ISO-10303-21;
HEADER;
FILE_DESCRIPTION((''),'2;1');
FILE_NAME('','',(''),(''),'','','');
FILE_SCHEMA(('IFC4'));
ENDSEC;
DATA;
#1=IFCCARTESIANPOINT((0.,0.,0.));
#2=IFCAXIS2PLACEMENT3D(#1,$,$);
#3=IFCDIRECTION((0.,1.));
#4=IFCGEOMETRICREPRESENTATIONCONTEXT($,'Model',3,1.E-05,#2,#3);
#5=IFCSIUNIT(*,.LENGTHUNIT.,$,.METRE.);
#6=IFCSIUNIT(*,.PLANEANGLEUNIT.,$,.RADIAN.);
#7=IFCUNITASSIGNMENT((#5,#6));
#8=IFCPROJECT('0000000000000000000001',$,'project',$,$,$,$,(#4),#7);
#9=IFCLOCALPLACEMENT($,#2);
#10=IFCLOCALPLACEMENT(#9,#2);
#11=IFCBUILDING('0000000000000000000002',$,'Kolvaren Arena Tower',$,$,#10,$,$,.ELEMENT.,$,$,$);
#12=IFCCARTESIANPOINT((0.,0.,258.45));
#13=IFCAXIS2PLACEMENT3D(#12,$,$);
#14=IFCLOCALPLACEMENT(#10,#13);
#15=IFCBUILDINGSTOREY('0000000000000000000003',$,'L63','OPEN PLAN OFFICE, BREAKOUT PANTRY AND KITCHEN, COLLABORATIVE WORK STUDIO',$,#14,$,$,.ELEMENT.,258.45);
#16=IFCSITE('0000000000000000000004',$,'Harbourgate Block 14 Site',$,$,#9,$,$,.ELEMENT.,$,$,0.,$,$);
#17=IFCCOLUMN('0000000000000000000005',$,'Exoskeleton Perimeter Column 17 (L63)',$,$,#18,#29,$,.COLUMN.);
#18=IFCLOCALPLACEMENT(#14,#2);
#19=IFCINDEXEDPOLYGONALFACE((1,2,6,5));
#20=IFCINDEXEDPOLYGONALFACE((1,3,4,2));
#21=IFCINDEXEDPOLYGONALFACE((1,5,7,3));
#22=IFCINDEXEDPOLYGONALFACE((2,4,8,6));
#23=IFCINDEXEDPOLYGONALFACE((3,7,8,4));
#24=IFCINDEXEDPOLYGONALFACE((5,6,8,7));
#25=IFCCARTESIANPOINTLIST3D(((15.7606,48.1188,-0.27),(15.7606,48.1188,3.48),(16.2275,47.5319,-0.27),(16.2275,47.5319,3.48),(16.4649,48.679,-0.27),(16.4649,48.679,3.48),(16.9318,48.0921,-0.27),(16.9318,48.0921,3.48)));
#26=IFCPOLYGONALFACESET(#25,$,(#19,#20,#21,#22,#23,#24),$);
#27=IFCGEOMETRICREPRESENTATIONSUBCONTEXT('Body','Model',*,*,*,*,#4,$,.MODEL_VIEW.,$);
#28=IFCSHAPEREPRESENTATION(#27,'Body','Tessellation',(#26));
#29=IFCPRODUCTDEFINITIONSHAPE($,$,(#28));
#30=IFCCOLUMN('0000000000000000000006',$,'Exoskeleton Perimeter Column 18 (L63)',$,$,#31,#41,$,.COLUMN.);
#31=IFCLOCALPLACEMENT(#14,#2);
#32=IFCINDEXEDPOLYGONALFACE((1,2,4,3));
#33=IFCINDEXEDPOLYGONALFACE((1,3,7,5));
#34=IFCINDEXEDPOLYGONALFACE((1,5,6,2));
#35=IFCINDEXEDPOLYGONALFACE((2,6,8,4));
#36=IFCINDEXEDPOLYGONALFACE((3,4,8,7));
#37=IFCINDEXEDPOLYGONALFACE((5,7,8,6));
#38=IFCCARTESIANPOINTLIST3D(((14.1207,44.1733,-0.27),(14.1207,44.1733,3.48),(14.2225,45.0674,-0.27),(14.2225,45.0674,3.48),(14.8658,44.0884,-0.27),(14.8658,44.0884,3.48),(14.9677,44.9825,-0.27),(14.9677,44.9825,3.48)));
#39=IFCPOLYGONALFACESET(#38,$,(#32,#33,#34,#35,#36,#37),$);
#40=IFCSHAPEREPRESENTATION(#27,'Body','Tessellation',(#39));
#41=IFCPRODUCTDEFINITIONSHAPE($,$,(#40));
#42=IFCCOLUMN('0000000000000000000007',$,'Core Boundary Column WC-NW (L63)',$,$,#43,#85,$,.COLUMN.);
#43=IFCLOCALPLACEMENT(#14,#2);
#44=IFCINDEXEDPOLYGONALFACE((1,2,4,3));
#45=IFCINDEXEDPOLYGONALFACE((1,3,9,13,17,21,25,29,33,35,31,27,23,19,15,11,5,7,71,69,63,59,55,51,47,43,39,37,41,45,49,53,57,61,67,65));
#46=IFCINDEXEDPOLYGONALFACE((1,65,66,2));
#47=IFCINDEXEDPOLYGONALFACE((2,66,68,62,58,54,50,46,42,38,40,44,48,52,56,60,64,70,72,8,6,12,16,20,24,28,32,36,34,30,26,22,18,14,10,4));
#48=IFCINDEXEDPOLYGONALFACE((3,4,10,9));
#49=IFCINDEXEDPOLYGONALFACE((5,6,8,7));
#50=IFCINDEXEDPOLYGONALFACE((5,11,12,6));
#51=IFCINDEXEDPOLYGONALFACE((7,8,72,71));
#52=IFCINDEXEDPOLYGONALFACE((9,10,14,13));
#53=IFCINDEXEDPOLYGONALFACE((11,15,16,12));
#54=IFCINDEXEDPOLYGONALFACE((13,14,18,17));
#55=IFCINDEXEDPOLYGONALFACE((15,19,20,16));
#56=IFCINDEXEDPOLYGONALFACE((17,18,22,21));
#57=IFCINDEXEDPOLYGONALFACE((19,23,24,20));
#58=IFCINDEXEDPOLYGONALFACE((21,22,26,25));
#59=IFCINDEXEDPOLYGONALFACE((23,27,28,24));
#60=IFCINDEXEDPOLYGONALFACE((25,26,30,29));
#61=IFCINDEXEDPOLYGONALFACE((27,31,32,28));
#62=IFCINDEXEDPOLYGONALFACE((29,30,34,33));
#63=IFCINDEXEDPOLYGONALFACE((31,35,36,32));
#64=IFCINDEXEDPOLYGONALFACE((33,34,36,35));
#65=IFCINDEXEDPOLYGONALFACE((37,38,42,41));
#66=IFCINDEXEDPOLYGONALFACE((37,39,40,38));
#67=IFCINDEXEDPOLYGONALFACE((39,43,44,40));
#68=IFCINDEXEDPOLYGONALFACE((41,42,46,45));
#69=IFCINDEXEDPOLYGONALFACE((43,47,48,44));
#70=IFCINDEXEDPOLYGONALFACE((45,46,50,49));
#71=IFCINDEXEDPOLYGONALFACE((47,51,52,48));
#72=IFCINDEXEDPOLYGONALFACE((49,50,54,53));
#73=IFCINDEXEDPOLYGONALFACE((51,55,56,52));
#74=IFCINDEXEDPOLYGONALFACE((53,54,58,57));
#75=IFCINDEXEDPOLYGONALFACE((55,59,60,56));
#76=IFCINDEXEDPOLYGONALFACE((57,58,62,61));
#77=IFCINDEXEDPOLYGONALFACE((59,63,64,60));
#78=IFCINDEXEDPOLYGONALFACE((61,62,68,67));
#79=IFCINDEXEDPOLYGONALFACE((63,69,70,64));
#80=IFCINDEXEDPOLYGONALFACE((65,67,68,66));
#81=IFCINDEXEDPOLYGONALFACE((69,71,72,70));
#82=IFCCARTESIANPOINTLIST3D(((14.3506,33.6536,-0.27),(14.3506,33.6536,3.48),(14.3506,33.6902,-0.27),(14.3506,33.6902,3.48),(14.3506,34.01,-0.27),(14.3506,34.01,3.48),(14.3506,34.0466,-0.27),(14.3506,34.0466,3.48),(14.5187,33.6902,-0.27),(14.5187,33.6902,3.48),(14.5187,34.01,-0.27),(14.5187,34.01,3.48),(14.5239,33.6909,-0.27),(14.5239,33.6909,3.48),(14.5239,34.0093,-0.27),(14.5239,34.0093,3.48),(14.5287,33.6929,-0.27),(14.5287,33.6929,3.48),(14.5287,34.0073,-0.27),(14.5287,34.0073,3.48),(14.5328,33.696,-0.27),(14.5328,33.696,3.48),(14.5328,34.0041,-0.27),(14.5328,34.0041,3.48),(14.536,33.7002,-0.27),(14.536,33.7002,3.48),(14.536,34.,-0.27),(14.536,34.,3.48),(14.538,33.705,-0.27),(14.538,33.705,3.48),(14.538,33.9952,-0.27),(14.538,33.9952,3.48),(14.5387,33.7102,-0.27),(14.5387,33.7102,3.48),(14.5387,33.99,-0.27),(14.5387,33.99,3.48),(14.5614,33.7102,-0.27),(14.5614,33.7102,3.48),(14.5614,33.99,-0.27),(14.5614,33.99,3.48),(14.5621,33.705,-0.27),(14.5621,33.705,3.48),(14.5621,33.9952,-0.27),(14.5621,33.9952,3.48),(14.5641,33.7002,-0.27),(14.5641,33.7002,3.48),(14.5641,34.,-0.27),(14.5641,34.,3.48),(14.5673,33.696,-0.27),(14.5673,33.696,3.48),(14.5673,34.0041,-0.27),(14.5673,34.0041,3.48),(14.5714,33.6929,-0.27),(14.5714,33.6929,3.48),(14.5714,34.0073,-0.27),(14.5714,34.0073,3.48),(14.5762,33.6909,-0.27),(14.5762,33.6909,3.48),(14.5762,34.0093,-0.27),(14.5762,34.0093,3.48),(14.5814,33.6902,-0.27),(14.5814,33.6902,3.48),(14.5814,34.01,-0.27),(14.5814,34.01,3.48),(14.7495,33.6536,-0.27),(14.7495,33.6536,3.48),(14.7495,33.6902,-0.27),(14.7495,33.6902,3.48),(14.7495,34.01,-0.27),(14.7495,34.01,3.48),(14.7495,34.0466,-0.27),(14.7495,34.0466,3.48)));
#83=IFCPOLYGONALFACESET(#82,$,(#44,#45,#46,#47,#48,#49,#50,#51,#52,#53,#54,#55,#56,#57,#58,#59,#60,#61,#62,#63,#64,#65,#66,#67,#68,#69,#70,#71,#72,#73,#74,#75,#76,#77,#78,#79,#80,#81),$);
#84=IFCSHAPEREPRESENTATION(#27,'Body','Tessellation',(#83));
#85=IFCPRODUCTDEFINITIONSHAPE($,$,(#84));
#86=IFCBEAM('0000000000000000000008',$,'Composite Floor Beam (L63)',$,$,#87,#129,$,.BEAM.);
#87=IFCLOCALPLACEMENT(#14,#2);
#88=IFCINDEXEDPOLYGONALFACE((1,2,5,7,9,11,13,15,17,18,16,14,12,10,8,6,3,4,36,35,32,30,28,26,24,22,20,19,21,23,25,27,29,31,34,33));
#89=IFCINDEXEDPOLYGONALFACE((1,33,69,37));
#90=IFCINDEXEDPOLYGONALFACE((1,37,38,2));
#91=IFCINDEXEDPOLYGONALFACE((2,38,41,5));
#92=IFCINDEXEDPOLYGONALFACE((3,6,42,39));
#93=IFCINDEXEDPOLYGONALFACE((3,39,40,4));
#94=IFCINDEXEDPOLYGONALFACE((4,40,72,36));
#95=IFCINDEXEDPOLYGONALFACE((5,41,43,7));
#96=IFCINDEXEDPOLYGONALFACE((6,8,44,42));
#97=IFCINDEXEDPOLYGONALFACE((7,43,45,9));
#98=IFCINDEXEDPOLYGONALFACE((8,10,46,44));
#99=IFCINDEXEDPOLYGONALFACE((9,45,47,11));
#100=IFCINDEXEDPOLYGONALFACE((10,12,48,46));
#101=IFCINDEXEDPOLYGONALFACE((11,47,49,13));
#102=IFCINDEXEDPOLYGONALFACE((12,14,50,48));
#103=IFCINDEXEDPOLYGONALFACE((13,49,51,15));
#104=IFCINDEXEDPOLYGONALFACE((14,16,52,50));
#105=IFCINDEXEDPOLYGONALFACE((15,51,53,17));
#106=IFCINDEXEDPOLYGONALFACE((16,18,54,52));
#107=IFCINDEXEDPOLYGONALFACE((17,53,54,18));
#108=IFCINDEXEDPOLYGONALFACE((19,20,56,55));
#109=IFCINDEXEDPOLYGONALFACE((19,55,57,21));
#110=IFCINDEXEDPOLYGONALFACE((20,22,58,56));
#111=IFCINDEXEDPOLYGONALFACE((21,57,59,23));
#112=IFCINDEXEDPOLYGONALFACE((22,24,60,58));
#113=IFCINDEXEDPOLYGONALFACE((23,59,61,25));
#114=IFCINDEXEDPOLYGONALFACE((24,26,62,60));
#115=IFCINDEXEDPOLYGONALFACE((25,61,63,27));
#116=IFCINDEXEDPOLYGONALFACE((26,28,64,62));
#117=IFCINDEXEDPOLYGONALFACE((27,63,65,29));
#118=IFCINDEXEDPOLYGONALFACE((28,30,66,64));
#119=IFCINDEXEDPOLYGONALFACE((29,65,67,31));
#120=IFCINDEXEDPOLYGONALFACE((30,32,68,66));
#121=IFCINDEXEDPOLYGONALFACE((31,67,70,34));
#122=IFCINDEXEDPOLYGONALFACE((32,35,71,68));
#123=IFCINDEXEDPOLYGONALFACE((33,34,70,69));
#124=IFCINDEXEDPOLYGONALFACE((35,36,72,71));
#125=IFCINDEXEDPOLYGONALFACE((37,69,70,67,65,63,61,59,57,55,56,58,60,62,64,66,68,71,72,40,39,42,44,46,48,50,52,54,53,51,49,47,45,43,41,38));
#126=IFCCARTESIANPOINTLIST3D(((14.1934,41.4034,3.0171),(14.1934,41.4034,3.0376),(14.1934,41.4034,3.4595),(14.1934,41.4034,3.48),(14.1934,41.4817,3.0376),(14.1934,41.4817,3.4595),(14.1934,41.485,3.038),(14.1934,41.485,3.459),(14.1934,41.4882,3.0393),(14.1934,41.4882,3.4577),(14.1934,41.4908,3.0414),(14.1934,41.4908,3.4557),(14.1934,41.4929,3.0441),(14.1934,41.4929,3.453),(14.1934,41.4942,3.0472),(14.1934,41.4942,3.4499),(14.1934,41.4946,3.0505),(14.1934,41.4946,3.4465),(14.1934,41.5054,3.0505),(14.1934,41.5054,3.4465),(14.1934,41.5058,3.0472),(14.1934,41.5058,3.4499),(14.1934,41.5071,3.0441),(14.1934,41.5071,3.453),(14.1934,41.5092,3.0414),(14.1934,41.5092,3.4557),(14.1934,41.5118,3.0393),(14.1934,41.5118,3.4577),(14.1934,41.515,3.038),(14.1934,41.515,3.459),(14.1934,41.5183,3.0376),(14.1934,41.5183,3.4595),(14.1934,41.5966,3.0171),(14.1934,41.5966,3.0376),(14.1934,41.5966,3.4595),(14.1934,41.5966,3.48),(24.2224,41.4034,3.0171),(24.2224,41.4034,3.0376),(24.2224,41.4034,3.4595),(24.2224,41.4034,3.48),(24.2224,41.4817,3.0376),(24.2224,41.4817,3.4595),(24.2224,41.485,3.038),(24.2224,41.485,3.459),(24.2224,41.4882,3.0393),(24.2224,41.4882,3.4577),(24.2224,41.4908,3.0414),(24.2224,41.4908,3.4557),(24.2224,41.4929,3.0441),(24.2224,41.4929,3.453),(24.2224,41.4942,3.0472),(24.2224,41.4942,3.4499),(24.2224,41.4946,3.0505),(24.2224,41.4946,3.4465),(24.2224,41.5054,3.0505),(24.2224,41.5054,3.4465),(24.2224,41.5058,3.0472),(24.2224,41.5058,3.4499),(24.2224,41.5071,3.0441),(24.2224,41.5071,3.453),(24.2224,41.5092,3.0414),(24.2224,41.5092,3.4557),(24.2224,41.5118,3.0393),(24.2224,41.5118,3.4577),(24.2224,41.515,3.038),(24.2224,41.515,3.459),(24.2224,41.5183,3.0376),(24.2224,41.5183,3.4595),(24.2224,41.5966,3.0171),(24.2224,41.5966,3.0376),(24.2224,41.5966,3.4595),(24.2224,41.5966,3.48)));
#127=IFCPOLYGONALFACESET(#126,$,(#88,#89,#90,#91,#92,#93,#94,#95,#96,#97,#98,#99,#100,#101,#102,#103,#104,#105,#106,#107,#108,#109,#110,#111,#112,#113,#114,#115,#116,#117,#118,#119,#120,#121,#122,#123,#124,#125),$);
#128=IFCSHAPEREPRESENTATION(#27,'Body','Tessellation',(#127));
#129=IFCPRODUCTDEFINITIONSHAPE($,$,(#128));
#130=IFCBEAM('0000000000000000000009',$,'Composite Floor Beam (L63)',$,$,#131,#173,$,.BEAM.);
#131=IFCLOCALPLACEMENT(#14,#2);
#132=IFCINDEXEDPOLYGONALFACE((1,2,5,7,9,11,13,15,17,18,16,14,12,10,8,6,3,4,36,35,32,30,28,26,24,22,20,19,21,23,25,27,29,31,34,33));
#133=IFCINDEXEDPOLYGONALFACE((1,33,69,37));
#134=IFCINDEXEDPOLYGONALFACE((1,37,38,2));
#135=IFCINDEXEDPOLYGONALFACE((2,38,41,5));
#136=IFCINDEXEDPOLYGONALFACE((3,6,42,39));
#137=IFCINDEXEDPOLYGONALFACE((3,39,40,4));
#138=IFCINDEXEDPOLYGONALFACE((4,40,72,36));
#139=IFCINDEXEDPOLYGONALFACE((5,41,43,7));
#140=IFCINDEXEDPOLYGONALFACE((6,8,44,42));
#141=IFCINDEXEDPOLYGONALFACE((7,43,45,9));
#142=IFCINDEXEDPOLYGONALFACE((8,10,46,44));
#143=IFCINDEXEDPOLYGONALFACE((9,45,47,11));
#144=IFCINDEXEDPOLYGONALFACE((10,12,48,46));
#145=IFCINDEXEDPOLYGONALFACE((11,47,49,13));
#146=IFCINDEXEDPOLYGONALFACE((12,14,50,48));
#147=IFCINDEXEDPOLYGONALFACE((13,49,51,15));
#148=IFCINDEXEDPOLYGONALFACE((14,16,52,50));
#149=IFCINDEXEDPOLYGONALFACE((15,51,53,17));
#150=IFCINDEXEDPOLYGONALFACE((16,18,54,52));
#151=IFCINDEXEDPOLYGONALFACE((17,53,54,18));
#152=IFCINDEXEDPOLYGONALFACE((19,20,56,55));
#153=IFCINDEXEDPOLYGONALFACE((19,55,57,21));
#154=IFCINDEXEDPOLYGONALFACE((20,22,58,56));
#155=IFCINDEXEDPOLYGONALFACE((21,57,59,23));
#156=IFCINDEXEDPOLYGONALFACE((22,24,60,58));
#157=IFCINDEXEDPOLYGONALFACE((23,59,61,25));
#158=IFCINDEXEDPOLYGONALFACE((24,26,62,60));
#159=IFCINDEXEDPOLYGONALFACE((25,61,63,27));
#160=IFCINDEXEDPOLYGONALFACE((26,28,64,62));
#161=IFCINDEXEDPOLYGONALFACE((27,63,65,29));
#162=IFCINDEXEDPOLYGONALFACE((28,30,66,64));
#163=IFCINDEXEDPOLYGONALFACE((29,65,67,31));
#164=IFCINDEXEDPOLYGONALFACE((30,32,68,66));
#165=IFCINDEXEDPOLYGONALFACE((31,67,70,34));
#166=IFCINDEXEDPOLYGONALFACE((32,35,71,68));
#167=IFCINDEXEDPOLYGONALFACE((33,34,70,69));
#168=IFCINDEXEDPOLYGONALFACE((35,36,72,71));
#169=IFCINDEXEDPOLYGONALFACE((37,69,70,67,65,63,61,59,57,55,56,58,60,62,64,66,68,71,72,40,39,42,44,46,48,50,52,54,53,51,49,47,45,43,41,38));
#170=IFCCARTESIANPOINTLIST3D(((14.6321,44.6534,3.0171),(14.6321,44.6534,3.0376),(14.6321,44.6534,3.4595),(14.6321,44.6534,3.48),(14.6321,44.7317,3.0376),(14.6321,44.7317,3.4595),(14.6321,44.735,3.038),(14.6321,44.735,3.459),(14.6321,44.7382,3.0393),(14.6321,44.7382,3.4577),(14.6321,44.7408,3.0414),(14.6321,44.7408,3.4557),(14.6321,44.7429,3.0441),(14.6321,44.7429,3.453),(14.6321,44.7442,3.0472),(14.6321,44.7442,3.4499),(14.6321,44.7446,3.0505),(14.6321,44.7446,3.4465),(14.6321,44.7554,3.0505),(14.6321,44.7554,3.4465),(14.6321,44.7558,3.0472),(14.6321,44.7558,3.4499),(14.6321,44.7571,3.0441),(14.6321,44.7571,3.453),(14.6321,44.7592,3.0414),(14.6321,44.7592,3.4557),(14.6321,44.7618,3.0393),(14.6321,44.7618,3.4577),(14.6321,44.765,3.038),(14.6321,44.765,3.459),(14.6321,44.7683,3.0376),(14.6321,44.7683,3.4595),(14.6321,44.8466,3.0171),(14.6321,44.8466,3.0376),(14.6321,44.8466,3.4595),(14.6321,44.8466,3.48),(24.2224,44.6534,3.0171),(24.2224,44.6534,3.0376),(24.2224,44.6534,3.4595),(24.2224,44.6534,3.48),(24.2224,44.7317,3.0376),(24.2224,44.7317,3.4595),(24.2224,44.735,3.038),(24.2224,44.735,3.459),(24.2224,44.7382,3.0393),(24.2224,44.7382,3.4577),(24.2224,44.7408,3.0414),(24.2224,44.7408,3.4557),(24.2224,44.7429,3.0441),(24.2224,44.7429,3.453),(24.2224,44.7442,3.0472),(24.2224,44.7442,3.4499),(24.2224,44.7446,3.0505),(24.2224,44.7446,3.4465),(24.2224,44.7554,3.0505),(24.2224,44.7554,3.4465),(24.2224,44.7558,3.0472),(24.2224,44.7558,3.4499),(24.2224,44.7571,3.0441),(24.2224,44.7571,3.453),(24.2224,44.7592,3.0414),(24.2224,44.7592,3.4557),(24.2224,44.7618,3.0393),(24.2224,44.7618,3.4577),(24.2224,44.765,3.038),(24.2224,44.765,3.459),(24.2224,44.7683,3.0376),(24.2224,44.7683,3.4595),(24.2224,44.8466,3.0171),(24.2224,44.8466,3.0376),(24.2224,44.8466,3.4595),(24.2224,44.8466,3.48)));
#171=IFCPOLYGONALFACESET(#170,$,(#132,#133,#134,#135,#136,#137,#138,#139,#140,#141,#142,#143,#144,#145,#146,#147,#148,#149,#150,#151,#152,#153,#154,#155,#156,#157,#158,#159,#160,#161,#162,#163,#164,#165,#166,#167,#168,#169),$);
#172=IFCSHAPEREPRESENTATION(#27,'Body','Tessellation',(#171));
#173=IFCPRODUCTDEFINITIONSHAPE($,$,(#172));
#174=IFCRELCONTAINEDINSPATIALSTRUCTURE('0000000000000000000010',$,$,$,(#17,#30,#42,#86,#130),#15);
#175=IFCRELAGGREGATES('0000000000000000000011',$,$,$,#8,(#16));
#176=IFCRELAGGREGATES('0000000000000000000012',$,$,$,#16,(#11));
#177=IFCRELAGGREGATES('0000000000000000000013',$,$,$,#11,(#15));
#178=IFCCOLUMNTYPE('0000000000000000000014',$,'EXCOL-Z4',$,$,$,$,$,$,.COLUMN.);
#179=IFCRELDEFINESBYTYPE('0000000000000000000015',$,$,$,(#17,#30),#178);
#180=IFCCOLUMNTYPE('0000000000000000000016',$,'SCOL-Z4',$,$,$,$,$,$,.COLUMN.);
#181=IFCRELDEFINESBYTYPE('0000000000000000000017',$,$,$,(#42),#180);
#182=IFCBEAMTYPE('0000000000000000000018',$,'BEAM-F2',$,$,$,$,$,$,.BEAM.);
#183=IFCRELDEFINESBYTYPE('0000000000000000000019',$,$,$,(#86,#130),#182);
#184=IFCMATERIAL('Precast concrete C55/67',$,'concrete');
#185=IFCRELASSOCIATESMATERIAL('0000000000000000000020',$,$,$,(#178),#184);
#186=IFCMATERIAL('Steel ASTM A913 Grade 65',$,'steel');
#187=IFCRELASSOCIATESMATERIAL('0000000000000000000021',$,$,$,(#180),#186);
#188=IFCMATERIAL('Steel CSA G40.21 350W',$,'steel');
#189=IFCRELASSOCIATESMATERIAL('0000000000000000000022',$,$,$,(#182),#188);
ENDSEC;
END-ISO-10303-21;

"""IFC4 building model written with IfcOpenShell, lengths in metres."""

from ifc_helpers import new_model, si_unit, direction, frame, origin, origin_2d, place, context, subcontext, project, spatial, rectangle, i_section, extrude, material, material_profile, profile_set, type_object, element, save


model = new_model("IFC4")

# Units and contexts
model_context = context("Model", 3, precision=1e-05, world=origin(), true_north=direction((0.0, 1.0)))
body_context = subcontext(model_context, "Body", "Model", "MODEL_VIEW")
ifc_project = project(units=[si_unit("LENGTHUNIT", "METRE"), si_unit("PLANEANGLEUNIT", "RADIAN")], contexts=[model_context])

# Site, building, storey
site_placement = place(None, origin())
site = spatial("IfcSite", under=ifc_project, at=site_placement, Name="Harbourgate Block 14 Site", CompositionType="ELEMENT", RefElevation=0.0)
building_placement = place(site_placement, origin())
building = spatial("IfcBuilding", under=site, at=building_placement, Name="Kolvaren Arena Tower", CompositionType="ELEMENT")
storey_placement = place(building_placement, frame((0.0, 0.0, 258.45)))
storey = spatial("IfcBuildingStorey", under=building, at=storey_placement, Name="L63", Description="OPEN PLAN OFFICE, BREAKOUT PANTRY AND KITCHEN, COLLABORATIVE WORK STUDIO", CompositionType="ELEMENT", Elevation=258.45)

# Columns
ifc_material_1 = material(Name="Precast concrete C55/67", Category="concrete")
ifc_material_profile_1 = material_profile(ifc_material_1, rectangle(XDim=0.8999, YDim=0.75, at=origin_2d()), Name="RC-900x750")
ifc_profile_set_1 = profile_set([ifc_material_profile_1], Name="Precast concrete C55/67")
column_type_1 = type_object("IfcColumnType", Name="EXCOL-Z4", PredefinedType="COLUMN", material=ifc_profile_set_1)
for number, where, z_axis, x_axis, name in (
    (1, (16.3462, 48.1055, -0.27), (0.0, 0.0, 1.0), (0.782608, 0.622515, 0.0), "Exoskeleton Perimeter Column 17 (L63)"),
    (2, (14.5442, 44.5779, -0.27), (0.0, 0.0, 1.0), (0.113203, 0.993572, 0.0), "Exoskeleton Perimeter Column 18 (L63)"),
):
    element("IfcColumn", number, at=place(storey_placement, frame(where, z_axis=z_axis, x_axis=x_axis)), inside=storey, type_object=column_type_1, Name=name, PredefinedType="COLUMN", context=body_context, shape_type="SweptSolid", body=[
        extrude(rectangle(XDim=0.8999, YDim=0.75, at=origin_2d()), origin(), (0.0, 0.0, 1.0), 3.75),
    ])
ifc_material_2 = material(Name="Steel ASTM A913 Grade 65", Category="steel")
ifc_material_profile_2 = material_profile(ifc_material_2, i_section(OverallWidth=0.3989, OverallDepth=0.3931, WebThickness=0.0227, FlangeThickness=0.0366, FilletRadius=0.02, at=origin_2d()), Name="W360x287")
ifc_profile_set_2 = profile_set([ifc_material_profile_2], Name="Steel ASTM A913 Grade 65")
column_type_2 = type_object("IfcColumnType", Name="SCOL-Z4", PredefinedType="COLUMN", material=ifc_profile_set_2)
column_placement = place(storey_placement, frame((14.55, 33.8501, -0.27), z_axis=(0.0, 0.0, 1.0), x_axis=(1.0, 0.0, 0.0)))
element("IfcColumn", 3, at=column_placement, inside=storey, type_object=column_type_2, Name="Core Boundary Column WC-NW (L63)", PredefinedType="COLUMN", context=body_context, shape_type="SweptSolid", body=[
    extrude(i_section(OverallWidth=0.3989, OverallDepth=0.3931, WebThickness=0.0227, FlangeThickness=0.0366, FilletRadius=0.02, at=origin_2d()), origin(), (0.0, 0.0, 1.0), 3.75),
])

# Beams
ifc_material_3 = material(Name="Steel CSA G40.21 350W", Category="steel")
ifc_material_profile_3 = material_profile(ifc_material_3, i_section(OverallWidth=0.1931, OverallDepth=0.4629, WebThickness=0.0107, FlangeThickness=0.0205, FilletRadius=0.0129, at=origin_2d()), Name="W460x113")
ifc_profile_set_3 = profile_set([ifc_material_profile_3], Name="Steel CSA G40.21 350W")
beam_type_1 = type_object("IfcBeamType", Name="BEAM-F2", PredefinedType="BEAM", material=ifc_profile_set_3)
beam_1_placement = place(storey_placement, frame((14.1934, 41.5, 3.2485), z_axis=(1.0, 0.0, 0.0), x_axis=(0.0, 1.0, 0.0)))
element("IfcBeam", 4, at=beam_1_placement, inside=storey, type_object=beam_type_1, Name="Composite Floor Beam (L63)", PredefinedType="BEAM", context=body_context, shape_type="SweptSolid", body=[
    extrude(i_section(OverallWidth=0.1931, OverallDepth=0.4629, WebThickness=0.0107, FlangeThickness=0.0205, FilletRadius=0.0129, at=origin_2d()), origin(), (0.0, 0.0, 1.0), 10.0291),
])
beam_2_placement = place(storey_placement, frame((14.6321, 44.75, 3.2485), z_axis=(1.0, 0.0, 0.0), x_axis=(0.0, 1.0, 0.0)))
element("IfcBeam", 5, at=beam_2_placement, inside=storey, type_object=beam_type_1, Name="Composite Floor Beam (L63)", PredefinedType="BEAM", context=body_context, shape_type="SweptSolid", body=[
    extrude(i_section(OverallWidth=0.1931, OverallDepth=0.4629, WebThickness=0.0107, FlangeThickness=0.0205, FilletRadius=0.0129, at=origin_2d()), origin(), (0.0, 0.0, 1.0), 9.5903),
])

save(model, "model.ifc")
